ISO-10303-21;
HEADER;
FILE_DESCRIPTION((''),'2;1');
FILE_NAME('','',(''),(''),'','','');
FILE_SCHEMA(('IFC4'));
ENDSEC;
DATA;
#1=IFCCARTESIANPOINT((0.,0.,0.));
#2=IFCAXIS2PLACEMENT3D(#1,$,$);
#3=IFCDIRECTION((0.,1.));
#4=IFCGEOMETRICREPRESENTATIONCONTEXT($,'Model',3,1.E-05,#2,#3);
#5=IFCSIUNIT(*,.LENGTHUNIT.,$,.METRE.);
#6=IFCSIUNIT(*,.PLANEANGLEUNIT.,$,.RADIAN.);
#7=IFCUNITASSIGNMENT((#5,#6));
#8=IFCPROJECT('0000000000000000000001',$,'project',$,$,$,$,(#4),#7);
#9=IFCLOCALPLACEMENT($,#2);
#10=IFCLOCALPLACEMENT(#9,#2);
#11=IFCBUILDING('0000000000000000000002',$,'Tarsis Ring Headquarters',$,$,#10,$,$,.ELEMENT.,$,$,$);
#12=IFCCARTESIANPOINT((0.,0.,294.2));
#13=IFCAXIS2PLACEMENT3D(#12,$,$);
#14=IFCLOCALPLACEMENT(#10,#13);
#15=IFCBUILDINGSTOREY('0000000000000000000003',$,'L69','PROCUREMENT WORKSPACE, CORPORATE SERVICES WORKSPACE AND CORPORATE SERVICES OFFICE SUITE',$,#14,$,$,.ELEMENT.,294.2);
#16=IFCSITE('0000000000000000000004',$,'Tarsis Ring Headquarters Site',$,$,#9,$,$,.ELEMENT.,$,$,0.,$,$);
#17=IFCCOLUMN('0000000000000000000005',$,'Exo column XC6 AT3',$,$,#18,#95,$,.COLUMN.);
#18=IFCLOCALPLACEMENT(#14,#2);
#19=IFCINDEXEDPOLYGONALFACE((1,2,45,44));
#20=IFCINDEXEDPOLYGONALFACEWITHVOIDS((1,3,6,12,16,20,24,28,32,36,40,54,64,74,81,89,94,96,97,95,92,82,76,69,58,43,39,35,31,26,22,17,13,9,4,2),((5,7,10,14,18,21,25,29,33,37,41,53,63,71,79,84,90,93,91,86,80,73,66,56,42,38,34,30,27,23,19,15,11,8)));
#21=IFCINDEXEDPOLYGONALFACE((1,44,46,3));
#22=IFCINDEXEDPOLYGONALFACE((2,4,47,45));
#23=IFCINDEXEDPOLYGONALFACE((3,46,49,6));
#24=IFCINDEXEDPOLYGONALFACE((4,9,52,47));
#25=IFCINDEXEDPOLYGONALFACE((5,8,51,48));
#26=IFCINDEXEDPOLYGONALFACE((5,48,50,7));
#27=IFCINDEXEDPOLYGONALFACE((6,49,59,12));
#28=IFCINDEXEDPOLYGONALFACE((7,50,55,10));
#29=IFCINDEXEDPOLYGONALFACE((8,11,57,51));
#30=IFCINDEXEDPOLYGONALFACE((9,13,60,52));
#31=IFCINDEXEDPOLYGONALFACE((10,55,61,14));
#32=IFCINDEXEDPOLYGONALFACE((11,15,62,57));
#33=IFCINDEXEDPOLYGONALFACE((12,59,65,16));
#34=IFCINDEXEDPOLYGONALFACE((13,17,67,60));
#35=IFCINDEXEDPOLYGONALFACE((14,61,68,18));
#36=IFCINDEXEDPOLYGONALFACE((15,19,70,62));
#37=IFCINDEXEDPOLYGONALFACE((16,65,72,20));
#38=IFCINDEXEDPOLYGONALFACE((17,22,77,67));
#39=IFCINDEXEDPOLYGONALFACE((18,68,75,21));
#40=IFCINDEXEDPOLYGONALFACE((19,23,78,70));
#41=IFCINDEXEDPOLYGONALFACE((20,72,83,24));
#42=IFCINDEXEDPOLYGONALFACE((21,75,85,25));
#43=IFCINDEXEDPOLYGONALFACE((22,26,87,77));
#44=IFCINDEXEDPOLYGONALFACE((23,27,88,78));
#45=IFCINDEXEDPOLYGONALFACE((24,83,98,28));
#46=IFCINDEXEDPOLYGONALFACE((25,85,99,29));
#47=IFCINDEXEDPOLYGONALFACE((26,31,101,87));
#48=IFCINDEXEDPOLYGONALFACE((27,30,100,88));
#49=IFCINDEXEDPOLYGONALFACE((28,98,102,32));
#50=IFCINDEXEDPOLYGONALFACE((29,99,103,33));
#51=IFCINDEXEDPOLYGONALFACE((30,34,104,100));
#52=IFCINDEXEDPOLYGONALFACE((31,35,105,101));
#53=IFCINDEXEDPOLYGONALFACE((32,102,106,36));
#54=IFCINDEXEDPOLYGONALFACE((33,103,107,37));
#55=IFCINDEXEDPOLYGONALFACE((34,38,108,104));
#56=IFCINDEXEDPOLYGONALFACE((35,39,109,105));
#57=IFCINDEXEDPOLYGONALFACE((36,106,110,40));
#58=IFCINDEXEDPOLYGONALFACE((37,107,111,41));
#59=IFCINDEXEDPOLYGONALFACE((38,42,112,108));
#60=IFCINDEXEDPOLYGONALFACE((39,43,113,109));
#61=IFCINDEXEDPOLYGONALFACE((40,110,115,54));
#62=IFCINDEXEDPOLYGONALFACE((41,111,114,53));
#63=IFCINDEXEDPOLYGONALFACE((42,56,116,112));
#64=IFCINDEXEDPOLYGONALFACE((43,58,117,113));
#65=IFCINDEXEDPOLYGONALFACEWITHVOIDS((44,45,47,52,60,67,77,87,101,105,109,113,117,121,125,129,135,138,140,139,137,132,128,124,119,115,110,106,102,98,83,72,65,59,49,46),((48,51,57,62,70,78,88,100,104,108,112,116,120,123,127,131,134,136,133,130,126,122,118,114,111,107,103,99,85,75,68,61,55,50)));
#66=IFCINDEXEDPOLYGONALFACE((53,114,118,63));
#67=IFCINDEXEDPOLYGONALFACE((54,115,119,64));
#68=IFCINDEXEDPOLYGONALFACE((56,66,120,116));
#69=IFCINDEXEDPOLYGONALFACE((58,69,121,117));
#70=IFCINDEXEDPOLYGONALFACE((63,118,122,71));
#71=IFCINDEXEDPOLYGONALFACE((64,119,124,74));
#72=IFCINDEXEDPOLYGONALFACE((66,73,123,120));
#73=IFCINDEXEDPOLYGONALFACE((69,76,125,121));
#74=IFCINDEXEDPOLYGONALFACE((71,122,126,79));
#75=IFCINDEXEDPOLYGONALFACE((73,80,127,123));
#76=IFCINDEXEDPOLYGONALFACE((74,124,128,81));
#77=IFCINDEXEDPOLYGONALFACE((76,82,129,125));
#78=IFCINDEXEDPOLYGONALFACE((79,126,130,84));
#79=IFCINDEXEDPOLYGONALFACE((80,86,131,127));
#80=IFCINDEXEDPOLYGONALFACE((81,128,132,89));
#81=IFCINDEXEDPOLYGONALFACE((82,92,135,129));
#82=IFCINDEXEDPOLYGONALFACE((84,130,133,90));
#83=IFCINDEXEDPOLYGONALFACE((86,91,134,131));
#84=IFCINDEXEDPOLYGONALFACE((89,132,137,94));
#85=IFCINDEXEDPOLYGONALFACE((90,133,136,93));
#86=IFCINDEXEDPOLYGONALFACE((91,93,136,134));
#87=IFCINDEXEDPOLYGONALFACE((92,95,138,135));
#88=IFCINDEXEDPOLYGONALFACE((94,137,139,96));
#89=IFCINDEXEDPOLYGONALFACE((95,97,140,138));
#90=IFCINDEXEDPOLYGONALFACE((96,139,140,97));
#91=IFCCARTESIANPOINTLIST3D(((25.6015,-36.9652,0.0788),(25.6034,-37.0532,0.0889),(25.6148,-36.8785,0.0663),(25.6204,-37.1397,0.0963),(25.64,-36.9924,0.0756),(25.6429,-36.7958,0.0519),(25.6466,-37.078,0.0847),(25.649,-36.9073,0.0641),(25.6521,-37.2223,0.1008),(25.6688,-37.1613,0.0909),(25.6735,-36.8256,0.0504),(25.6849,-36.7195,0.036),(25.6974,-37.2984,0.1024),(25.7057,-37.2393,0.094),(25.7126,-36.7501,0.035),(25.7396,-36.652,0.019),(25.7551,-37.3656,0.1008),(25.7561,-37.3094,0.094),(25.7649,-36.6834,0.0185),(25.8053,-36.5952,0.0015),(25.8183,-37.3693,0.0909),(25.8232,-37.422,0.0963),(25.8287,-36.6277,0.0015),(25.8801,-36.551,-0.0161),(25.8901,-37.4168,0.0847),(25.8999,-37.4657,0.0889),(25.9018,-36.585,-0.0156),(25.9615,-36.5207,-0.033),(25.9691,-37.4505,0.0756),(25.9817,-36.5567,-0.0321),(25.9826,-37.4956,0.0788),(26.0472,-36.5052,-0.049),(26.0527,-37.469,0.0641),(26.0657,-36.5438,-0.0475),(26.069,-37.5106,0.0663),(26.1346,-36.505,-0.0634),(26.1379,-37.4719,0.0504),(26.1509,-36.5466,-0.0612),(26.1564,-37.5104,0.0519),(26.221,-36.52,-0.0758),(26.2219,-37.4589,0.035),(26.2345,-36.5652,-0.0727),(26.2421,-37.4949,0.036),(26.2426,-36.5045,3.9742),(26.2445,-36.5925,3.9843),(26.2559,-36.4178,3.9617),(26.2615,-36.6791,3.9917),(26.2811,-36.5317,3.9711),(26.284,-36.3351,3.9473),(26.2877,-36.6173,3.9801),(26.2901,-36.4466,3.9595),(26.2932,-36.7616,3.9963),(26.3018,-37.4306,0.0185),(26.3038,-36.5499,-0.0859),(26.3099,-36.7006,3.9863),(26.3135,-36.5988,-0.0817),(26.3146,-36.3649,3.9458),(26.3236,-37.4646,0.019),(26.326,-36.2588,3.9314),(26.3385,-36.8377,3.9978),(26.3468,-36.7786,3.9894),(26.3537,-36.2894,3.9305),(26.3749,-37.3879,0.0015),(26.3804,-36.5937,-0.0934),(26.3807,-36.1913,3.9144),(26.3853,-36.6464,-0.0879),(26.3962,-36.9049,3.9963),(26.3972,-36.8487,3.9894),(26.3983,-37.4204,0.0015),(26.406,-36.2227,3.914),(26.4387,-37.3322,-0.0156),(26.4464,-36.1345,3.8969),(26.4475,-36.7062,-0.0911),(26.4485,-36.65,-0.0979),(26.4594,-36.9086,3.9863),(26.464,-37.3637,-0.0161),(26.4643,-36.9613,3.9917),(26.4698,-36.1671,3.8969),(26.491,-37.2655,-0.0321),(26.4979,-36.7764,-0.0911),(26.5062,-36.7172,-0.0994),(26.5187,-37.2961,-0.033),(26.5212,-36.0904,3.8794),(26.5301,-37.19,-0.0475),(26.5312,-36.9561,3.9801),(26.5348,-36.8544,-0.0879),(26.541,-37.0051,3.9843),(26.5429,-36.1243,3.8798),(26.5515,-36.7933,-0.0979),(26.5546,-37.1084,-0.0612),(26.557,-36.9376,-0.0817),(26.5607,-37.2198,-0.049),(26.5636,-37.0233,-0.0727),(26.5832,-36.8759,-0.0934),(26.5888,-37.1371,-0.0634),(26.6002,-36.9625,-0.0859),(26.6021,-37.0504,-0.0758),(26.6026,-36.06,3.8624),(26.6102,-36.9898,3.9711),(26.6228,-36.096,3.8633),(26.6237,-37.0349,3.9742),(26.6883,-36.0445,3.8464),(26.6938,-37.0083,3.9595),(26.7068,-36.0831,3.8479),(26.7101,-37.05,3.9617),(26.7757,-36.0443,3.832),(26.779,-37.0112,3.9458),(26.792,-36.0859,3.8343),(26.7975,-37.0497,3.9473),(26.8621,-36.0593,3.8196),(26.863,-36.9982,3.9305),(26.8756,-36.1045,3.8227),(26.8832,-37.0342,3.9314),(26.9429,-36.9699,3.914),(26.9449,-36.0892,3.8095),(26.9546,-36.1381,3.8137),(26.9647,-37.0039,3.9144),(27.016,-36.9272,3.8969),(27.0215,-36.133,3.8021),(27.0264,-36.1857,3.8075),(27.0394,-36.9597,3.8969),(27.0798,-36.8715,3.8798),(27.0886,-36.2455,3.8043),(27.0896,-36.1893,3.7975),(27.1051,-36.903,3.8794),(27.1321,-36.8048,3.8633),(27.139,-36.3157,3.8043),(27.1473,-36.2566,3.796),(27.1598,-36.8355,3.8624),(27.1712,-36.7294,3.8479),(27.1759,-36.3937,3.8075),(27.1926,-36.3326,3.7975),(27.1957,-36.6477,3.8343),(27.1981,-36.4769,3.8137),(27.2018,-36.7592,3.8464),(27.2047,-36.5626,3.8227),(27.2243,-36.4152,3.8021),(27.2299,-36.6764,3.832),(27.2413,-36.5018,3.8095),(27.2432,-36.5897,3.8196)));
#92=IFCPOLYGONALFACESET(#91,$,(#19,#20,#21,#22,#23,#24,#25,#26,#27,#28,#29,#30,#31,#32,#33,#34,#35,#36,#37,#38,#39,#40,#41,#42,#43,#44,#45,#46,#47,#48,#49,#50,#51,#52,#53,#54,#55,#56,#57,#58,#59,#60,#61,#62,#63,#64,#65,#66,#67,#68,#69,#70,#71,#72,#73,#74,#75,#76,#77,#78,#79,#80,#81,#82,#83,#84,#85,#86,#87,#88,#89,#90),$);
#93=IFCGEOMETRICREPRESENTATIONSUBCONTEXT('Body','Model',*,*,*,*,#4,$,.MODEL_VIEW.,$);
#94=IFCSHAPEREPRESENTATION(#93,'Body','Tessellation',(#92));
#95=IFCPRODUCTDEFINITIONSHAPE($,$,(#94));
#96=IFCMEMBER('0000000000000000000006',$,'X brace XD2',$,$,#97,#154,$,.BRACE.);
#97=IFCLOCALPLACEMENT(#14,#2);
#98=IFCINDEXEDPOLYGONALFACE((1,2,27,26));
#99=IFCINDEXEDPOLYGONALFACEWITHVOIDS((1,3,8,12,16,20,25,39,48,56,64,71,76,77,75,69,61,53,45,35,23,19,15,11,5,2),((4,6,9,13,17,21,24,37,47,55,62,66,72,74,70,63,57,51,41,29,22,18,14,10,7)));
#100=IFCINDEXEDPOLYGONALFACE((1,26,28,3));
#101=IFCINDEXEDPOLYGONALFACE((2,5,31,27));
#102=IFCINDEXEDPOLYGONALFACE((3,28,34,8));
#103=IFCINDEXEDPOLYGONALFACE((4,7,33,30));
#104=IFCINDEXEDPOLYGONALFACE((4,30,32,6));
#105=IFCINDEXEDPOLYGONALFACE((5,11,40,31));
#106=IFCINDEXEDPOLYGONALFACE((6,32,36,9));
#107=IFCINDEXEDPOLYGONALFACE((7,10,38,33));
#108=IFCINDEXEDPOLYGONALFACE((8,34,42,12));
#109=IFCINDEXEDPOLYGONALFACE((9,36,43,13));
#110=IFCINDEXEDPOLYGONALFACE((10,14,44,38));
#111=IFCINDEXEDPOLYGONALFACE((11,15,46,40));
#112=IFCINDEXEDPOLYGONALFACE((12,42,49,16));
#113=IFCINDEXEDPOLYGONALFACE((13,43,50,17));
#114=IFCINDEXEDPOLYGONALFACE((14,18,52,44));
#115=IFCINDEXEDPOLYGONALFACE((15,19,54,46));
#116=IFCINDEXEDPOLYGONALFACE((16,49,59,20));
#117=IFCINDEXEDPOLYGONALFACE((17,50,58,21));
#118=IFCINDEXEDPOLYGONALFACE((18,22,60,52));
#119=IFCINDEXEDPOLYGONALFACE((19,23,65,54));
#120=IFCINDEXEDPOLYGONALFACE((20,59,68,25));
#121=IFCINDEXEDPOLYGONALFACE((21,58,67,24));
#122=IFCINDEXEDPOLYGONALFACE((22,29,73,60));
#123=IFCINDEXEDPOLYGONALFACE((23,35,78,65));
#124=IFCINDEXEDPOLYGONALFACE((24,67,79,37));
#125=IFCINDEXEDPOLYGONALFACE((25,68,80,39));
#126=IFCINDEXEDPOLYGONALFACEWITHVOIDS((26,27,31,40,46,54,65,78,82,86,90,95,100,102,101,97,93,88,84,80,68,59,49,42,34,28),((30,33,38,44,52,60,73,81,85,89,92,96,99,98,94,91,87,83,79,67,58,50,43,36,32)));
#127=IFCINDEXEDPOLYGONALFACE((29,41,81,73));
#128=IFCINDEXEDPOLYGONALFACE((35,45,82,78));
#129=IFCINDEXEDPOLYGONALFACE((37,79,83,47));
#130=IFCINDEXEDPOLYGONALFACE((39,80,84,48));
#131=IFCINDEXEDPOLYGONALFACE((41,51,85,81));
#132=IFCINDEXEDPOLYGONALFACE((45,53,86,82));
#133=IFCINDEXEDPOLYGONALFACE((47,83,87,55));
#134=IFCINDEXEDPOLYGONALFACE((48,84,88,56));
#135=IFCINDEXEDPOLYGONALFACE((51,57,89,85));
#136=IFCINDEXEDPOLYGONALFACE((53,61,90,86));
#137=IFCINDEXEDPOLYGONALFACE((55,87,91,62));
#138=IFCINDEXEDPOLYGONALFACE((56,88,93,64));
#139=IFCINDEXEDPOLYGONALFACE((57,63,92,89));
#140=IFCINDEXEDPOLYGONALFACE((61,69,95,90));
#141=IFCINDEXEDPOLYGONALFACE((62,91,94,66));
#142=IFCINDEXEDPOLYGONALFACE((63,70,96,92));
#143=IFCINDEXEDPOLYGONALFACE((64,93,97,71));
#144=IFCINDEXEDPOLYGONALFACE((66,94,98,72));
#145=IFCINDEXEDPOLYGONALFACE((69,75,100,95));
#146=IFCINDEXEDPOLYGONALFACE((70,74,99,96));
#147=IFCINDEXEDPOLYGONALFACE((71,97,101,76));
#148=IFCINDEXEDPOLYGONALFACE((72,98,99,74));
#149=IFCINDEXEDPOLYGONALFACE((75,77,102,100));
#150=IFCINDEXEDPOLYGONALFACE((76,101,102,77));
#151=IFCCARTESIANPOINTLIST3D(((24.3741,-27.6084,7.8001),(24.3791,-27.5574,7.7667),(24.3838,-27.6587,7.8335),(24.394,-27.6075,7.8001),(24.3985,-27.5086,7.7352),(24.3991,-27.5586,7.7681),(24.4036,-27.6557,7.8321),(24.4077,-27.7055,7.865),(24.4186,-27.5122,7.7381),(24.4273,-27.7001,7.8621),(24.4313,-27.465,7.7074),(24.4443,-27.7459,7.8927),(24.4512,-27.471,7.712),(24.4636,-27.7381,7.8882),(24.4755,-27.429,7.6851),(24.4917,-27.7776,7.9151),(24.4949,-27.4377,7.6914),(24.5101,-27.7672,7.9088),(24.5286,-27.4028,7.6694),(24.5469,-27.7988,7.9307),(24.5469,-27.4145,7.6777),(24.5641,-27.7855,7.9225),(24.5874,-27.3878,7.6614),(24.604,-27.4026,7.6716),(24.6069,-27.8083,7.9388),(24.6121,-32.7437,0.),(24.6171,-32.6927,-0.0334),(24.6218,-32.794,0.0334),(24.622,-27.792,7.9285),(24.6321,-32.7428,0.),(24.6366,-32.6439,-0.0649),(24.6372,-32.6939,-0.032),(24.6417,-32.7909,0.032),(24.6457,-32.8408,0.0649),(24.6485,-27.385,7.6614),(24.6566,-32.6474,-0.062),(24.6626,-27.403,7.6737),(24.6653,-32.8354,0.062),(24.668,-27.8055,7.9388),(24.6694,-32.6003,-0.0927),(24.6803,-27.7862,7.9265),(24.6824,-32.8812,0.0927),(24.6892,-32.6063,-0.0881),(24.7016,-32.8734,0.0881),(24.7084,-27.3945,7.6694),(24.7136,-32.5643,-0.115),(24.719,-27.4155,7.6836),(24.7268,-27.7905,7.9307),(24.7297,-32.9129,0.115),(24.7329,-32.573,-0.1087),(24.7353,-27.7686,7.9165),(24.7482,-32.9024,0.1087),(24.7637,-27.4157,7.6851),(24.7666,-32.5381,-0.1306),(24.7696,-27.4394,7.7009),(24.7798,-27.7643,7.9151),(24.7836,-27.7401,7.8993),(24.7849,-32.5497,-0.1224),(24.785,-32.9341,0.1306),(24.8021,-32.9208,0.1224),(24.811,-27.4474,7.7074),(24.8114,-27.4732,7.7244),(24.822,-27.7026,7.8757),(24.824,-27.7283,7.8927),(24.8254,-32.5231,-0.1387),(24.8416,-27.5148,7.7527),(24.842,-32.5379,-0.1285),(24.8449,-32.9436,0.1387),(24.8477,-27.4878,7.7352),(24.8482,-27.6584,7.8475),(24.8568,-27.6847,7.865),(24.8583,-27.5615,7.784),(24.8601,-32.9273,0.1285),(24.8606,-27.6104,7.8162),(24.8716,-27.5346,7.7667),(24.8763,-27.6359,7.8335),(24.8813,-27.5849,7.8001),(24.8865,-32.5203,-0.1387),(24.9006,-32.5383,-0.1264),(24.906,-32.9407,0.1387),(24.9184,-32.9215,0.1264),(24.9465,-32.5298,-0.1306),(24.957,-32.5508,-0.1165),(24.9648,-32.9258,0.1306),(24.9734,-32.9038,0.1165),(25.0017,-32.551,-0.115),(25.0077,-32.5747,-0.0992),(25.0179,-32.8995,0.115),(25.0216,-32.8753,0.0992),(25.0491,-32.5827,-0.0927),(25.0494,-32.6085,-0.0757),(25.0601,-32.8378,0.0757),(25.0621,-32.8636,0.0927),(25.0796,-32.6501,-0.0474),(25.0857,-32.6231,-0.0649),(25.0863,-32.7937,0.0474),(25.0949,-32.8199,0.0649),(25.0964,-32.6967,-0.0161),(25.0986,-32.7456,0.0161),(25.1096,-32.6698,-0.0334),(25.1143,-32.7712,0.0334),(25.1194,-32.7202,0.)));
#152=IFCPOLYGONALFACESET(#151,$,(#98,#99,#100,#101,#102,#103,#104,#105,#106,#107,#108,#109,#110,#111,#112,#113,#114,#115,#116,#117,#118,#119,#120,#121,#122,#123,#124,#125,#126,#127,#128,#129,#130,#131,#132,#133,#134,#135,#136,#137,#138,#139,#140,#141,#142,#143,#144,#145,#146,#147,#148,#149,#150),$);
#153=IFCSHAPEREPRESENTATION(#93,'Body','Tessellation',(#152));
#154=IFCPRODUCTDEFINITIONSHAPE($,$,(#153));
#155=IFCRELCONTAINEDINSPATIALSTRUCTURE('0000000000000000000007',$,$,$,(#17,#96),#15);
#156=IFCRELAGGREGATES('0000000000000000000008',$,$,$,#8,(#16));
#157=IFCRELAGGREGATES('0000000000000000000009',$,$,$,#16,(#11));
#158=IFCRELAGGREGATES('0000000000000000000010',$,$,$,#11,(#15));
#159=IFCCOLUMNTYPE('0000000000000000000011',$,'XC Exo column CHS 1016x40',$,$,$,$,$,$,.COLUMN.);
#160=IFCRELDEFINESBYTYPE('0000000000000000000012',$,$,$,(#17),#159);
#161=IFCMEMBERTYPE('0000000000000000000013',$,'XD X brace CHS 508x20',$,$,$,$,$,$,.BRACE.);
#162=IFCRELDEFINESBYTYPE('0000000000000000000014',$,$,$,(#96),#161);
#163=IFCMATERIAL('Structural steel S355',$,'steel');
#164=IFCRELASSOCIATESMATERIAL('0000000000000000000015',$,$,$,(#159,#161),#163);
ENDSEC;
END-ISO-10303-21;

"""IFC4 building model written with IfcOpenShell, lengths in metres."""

from ifc_helpers import new_model, si_unit, direction, frame, origin, origin_2d, place, context, subcontext, project, spatial, hollow_circle, extrude, material, material_profile, profile_set, type_object, element, save


model = new_model("IFC4")

# Units and contexts
model_context = context("Model", 3, precision=1e-05, world=origin(), true_north=direction((0.0, 1.0)))
body_context = subcontext(model_context, "Body", "Model", "MODEL_VIEW")
ifc_project = project(units=[si_unit("LENGTHUNIT", "METRE"), si_unit("PLANEANGLEUNIT", "RADIAN")], contexts=[model_context])

# Site, building, storey
site_placement = place(None, origin())
site = spatial("IfcSite", under=ifc_project, at=site_placement, Name="Tarsis Ring Headquarters Site", CompositionType="ELEMENT", RefElevation=0.0)
building_placement = place(site_placement, origin())
building = spatial("IfcBuilding", under=site, at=building_placement, Name="Tarsis Ring Headquarters", CompositionType="ELEMENT")
storey_placement = place(building_placement, frame((0.0, 0.0, 294.2)))
storey = spatial("IfcBuildingStorey", under=building, at=storey_placement, Name="L69", Description="PROCUREMENT WORKSPACE, CORPORATE SERVICES WORKSPACE AND CORPORATE SERVICES OFFICE SUITE", CompositionType="ELEMENT", Elevation=294.2)

# Column
ifc_material_1 = material(Name="Structural steel S355", Category="steel")
ifc_material_profile_1 = material_profile(ifc_material_1, hollow_circle(Radius=0.5081, WallThickness=0.04, at=origin_2d()), Name="CHS 1016x40")
ifc_profile_set_1 = profile_set([ifc_material_profile_1], Name="Structural steel S355")
column_type = type_object("IfcColumnType", Name="XC Exo column CHS 1016x40", PredefinedType="COLUMN", material=ifc_profile_set_1)
column_placement = place(storey_placement, frame((26.1018, -37.0078, 0.0015), z_axis=(0.161299, 0.115906, 0.980076), x_axis=(-0.583547, 0.812079, 0.0)))
element("IfcColumn", 1, at=column_placement, inside=storey, type_object=column_type, Name="Exo column XC6 AT3", PredefinedType="COLUMN", context=body_context, shape_type="SweptSolid", body=[
    extrude(hollow_circle(Radius=0.5081, WallThickness=0.04, at=origin_2d()), origin(), (0.0, 0.0, 1.0), 3.9746),
])

# Member
ifc_material_profile_2 = material_profile(ifc_material_1, hollow_circle(Radius=0.2539, WallThickness=0.02, at=origin_2d()), Name="CHS 508x20")
ifc_profile_set_2 = profile_set([ifc_material_profile_2], Name="Structural steel S355")
member_type = type_object("IfcMemberType", Name="XD X brace CHS 508x20", PredefinedType="BRACE", material=ifc_profile_set_2)
member_1_placement = place(storey_placement, frame((24.8657, -32.7319, 0.0), z_axis=(-0.025481, 0.54971, 0.834967), x_axis=(-0.998927, -0.046304, 0.0)))
element("IfcMember", 2, at=member_1_placement, inside=storey, type_object=member_type, Name="X brace XD2", PredefinedType="BRACE", context=body_context, shape_type="SweptSolid", body=[
    extrude(hollow_circle(Radius=0.2539, WallThickness=0.02, at=origin_2d()), origin(), (0.0, 0.0, 1.0), 9.3418),
])

save(model, "model.ifc")
